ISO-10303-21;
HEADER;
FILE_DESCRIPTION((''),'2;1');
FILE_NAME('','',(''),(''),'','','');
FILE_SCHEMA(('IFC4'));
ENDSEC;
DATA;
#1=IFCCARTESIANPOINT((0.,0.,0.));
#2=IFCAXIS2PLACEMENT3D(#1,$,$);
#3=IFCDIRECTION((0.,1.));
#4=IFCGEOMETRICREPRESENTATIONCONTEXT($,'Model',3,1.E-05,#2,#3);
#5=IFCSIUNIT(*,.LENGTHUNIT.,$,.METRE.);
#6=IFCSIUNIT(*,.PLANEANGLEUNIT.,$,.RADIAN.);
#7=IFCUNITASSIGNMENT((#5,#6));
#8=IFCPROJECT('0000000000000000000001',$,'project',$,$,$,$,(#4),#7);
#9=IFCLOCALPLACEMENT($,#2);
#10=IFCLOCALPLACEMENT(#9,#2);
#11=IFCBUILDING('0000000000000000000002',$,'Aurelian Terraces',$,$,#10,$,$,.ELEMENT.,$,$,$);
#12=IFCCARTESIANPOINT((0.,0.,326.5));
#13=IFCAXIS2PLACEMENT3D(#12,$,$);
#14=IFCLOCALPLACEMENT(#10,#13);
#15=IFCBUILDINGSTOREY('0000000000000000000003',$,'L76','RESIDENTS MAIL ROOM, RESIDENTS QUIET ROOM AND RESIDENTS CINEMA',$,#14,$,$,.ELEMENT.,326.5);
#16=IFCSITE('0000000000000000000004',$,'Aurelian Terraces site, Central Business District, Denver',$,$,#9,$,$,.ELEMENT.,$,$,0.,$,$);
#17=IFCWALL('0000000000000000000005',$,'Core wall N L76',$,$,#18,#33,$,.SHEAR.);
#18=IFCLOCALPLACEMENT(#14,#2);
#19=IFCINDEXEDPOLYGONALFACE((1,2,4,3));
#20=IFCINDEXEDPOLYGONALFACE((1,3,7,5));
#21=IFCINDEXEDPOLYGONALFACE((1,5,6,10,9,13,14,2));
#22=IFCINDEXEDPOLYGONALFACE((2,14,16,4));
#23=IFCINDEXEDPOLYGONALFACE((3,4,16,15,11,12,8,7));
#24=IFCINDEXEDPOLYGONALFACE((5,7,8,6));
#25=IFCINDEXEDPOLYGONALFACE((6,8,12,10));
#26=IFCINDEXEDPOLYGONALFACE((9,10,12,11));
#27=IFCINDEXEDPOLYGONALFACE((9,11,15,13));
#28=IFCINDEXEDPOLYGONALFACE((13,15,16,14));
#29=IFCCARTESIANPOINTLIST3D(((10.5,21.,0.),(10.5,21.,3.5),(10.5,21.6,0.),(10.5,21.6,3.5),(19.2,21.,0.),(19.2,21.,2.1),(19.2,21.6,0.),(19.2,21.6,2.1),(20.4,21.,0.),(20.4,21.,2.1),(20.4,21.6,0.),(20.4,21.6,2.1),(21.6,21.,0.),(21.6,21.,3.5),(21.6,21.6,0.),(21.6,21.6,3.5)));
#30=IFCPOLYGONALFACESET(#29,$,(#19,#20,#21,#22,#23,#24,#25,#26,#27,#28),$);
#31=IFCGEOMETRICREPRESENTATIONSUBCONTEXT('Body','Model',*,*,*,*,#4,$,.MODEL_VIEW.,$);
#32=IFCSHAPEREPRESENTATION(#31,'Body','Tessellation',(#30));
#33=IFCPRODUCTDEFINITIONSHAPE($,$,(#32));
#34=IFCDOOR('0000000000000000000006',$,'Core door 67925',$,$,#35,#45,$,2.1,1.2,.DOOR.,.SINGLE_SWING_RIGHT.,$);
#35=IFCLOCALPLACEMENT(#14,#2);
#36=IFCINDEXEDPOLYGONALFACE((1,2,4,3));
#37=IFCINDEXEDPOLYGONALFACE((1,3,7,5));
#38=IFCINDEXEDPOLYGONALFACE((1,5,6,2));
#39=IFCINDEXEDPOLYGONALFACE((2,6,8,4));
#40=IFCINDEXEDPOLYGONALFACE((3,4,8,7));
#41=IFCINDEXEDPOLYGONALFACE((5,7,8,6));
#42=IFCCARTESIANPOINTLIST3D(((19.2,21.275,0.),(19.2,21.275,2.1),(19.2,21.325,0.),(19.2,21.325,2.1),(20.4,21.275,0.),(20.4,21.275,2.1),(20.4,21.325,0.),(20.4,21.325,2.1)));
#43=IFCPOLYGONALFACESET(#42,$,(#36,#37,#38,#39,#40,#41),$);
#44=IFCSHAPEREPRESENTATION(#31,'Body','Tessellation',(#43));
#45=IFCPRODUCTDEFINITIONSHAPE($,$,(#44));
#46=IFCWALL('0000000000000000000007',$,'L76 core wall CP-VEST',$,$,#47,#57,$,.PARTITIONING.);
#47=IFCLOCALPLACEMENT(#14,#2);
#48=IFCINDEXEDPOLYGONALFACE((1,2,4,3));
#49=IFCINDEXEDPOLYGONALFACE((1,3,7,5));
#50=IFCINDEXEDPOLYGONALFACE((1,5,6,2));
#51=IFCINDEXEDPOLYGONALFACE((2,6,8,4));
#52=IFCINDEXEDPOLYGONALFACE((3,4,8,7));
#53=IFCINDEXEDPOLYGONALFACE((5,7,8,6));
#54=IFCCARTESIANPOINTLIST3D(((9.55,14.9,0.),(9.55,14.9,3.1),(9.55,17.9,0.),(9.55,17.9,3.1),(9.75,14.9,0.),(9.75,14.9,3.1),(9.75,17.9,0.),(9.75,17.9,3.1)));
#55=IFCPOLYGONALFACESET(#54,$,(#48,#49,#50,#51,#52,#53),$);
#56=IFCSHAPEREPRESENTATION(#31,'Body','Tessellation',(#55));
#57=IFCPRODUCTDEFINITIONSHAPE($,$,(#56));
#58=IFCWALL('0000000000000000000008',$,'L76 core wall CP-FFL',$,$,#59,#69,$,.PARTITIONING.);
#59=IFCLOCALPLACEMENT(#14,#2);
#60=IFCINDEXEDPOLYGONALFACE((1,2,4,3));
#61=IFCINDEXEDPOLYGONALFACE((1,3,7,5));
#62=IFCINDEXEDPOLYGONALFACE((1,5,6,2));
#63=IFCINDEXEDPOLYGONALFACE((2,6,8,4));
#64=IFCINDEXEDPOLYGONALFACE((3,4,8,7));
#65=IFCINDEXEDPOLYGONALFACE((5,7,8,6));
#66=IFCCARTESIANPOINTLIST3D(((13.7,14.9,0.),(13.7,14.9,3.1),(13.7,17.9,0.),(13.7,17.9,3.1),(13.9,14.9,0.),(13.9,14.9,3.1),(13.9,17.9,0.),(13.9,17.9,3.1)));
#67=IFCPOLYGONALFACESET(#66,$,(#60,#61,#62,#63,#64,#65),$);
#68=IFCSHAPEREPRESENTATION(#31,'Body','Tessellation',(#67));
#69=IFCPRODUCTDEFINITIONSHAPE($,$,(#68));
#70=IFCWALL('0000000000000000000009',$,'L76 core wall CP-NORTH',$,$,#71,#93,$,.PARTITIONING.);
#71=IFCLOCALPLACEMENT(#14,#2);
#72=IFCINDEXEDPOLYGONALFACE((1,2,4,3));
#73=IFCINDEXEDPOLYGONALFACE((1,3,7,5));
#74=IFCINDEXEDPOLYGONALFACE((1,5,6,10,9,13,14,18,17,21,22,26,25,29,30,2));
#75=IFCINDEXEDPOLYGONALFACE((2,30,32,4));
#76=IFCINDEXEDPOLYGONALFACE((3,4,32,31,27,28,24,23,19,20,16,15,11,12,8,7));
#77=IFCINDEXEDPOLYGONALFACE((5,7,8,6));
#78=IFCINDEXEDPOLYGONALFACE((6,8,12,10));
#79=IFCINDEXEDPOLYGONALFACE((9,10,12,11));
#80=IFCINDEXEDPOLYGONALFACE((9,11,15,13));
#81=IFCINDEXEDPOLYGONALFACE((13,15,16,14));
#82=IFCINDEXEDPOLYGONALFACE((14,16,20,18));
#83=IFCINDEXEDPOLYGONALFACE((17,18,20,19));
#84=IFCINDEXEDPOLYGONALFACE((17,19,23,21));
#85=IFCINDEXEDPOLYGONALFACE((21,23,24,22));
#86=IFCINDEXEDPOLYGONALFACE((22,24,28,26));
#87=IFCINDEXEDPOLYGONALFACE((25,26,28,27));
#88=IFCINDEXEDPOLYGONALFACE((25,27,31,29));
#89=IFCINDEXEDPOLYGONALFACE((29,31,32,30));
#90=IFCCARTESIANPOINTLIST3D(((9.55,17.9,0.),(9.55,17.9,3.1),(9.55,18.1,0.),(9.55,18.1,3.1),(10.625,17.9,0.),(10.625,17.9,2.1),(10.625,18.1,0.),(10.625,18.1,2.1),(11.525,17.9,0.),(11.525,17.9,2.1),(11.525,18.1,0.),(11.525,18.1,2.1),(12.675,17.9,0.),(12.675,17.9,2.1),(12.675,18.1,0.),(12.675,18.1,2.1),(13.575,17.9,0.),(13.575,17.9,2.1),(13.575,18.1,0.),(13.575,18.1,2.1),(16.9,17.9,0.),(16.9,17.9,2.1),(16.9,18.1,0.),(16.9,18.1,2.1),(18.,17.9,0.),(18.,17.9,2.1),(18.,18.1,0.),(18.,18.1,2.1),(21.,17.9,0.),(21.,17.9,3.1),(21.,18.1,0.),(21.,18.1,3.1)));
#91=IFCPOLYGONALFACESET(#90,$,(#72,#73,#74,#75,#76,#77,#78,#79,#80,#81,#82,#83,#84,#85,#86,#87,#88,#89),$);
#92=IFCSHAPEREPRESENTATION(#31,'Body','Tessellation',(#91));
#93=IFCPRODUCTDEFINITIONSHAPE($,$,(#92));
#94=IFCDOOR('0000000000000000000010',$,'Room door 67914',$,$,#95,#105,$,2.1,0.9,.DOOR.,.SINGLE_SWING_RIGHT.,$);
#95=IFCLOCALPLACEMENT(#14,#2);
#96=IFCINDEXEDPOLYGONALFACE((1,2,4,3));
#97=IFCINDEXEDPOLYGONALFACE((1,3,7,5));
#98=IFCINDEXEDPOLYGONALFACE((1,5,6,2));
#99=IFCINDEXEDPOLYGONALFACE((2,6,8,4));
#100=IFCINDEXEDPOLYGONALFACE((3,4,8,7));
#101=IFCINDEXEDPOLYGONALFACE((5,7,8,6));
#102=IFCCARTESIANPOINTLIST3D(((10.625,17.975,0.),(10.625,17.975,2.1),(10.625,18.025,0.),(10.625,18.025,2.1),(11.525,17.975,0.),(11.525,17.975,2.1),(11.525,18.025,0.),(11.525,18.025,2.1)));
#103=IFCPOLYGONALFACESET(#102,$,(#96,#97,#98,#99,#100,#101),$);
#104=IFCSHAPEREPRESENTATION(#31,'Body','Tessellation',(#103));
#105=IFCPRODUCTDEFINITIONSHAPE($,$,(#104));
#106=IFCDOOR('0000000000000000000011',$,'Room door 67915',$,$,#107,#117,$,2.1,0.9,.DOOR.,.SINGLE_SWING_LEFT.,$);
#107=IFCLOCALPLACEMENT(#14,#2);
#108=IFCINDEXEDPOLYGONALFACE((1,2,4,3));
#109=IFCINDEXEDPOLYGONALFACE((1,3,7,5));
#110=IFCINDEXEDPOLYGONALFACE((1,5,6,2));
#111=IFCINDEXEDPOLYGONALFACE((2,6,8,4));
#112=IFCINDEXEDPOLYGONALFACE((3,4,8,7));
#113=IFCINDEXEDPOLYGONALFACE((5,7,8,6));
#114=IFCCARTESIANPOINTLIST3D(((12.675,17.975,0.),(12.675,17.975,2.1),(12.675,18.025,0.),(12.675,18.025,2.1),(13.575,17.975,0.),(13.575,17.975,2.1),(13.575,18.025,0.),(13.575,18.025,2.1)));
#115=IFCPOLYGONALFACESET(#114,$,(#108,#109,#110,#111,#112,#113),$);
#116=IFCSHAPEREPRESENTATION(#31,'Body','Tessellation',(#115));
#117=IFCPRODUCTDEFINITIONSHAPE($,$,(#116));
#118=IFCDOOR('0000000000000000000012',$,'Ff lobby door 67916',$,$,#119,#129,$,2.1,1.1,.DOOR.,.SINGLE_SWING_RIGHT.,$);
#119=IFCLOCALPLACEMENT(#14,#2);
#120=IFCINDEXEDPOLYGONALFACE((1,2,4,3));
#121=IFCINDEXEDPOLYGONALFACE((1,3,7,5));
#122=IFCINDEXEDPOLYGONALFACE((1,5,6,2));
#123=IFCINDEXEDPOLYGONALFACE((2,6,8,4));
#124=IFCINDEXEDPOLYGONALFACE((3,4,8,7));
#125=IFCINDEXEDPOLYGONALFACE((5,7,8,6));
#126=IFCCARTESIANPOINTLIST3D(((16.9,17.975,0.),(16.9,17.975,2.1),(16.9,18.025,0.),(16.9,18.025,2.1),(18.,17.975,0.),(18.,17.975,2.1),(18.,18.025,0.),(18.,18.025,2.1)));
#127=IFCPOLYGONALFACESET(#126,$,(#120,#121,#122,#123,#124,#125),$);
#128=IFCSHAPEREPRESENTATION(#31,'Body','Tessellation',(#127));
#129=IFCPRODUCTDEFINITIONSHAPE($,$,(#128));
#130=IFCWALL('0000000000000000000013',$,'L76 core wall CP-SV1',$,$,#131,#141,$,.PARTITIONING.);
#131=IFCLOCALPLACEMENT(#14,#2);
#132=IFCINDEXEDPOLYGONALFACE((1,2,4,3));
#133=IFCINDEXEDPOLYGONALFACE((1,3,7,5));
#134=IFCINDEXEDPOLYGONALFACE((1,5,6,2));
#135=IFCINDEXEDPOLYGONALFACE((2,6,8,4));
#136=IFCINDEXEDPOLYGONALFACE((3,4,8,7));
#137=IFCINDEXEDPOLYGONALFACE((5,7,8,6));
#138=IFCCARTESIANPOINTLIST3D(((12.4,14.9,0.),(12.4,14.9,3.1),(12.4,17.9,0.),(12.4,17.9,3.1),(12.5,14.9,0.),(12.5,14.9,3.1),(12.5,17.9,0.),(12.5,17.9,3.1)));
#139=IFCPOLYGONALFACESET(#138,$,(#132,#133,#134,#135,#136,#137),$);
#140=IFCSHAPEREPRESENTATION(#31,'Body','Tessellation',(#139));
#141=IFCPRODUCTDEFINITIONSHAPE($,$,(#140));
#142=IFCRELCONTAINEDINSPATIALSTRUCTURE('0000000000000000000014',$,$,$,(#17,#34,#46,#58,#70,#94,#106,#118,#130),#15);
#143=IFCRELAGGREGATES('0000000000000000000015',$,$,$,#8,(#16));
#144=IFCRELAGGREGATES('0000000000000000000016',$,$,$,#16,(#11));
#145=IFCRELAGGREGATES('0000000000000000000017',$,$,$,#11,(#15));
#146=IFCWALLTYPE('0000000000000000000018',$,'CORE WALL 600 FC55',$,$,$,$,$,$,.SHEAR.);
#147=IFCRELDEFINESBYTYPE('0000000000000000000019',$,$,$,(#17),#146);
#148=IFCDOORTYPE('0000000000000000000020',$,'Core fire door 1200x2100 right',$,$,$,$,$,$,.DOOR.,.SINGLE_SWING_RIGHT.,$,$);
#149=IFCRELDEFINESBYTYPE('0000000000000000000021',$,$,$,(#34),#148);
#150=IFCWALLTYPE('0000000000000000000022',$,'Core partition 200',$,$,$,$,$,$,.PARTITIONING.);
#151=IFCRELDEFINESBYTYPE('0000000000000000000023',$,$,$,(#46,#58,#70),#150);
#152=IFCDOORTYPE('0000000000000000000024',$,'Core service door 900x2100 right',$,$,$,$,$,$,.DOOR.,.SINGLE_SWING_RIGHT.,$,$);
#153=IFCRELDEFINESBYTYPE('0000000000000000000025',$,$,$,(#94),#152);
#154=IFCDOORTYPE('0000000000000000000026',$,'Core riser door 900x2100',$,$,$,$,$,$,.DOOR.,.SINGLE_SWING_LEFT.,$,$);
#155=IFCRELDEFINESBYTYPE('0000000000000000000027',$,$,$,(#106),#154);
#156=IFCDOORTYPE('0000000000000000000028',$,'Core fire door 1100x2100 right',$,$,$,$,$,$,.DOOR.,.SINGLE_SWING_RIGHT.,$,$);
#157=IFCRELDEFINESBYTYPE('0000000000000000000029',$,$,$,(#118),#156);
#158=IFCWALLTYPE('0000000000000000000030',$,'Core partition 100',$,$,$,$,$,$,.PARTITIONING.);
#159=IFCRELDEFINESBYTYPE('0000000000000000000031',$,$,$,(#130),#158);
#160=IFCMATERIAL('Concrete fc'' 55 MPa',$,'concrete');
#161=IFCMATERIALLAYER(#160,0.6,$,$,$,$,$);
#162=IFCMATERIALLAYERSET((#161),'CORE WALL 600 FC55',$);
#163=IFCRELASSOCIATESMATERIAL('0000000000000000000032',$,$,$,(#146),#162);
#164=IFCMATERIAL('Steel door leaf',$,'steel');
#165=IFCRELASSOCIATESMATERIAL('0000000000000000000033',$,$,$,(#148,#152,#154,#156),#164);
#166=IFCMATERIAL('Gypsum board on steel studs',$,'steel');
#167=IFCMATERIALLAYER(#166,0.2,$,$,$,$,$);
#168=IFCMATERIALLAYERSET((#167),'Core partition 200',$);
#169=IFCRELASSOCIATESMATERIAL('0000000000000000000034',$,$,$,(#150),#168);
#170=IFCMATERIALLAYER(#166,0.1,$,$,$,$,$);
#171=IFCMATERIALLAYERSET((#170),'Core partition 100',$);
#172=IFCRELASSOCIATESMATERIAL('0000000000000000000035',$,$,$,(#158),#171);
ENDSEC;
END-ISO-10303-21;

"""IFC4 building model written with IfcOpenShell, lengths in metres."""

from ifc_helpers import new_model, si_unit, direction, frame, frame_2d, origin, place, context, subcontext, project, spatial, rectangle, extrude, source, transform, mapped, material, layer, layer_set, type_object, element, fill, save


model = new_model("IFC4")

# Units and contexts
model_context = context("Model", 3, precision=1e-05, world=origin(), true_north=direction((0.0, 1.0)))
body_context = subcontext(model_context, "Body", "Model", "MODEL_VIEW")
ifc_project = project(units=[si_unit("LENGTHUNIT", "METRE"), si_unit("PLANEANGLEUNIT", "RADIAN")], contexts=[model_context])

# Site, building, storey
site_placement = place(None, origin())
site = spatial("IfcSite", under=ifc_project, at=site_placement, Name="Aurelian Terraces site, Central Business District, Denver", CompositionType="ELEMENT", RefElevation=0.0)
building_placement = place(site_placement, origin())
building = spatial("IfcBuilding", under=site, at=building_placement, Name="Aurelian Terraces", CompositionType="ELEMENT")
storey_placement = place(building_placement, frame((0.0, 0.0, 326.5)))
storey = spatial("IfcBuildingStorey", under=building, at=storey_placement, Name="L76", Description="RESIDENTS MAIL ROOM, RESIDENTS QUIET ROOM AND RESIDENTS CINEMA", CompositionType="ELEMENT", Elevation=326.5)

# Wall, opening, door
ifc_material_1 = material(Name="Concrete fc' 55 MPa", Category="concrete")
ifc_layer_1 = layer(ifc_material_1, 0.6)
ifc_layer_set_1 = layer_set([ifc_layer_1], Name="CORE WALL 600 FC55")
wall_type_1 = type_object("IfcWallType", Name="CORE WALL 600 FC55", PredefinedType="SHEAR", material=ifc_layer_set_1)
shared_shape_1 = source(origin(), body_context, "Body", "SweptSolid", [
    extrude(rectangle(XDim=11.1, YDim=0.6, at=frame_2d((5.55, 0.0))), origin(), (0.0, 0.0, 1.0), 3.5),
])
wall_1_placement = place(storey_placement, frame((10.5, 21.3, 0.0), z_axis=(0.0, 0.0, 1.0), x_axis=(1.0, 0.0, 0.0)))
wall_1 = element("IfcWall", 1, at=wall_1_placement, inside=storey, type_object=wall_type_1, Name="Core wall N L76", PredefinedType="SHEAR", context=body_context, shape_type="MappedRepresentation", body=[
    mapped(shared_shape_1, transform((0.0, 0.0, 0.0), scale=1.0)),
])
shared_shape_2 = source(origin(), body_context, "Body", "SweptSolid", [
    extrude(rectangle(XDim=1.2, YDim=2.1, at=frame_2d((0.6, 1.05))), frame((0.0, 0.31, 0.0), z_axis=(0.0, -1.0, 0.0), x_axis=(1.0, 0.0, 0.0)), (0.0, 0.0, 1.0), 0.62),
])
opening_1_placement = place(wall_1_placement, frame((8.7, 0.0, 0.0)))
opening_1 = element("IfcOpeningElement", 2, at=opening_1_placement, cuts=wall_1, PredefinedType="OPENING", context=body_context, shape_type="MappedRepresentation", body=[
    mapped(shared_shape_2, transform((0.0, 0.0, 0.0), scale=1.0)),
])
ifc_material_2 = material(Name="Steel door leaf", Category="steel")
door_type_1 = type_object("IfcDoorType", Name="Core fire door 1200x2100 right", OperationType="SINGLE_SWING_RIGHT", PredefinedType="DOOR", material=ifc_material_2)
shared_shape_3 = source(origin(), body_context, "Body", "SweptSolid", [
    extrude(rectangle(XDim=1.2, YDim=2.1, at=frame_2d((0.6, 1.05))), frame((0.0, 0.025, 0.0), z_axis=(0.0, -1.0, 0.0), x_axis=(1.0, 0.0, 0.0)), (0.0, 0.0, 1.0), 0.05),
])
door_1_placement = place(opening_1_placement, origin())
door_1 = element("IfcDoor", 3, at=door_1_placement, inside=storey, type_object=door_type_1, Name="Core door 67925", OperationType="SINGLE_SWING_RIGHT", OverallHeight=2.1, OverallWidth=1.2, PredefinedType="DOOR", context=body_context, shape_type="MappedRepresentation", body=[
    mapped(shared_shape_3, transform((0.0, 0.0, 0.0), scale=1.0)),
])
fill(opening_1, door_1)

# Walls
ifc_material_3 = material(Name="Gypsum board on steel studs", Category="steel")
ifc_layer_2 = layer(ifc_material_3, 0.2)
ifc_layer_set_2 = layer_set([ifc_layer_2], Name="Core partition 200")
wall_type_2 = type_object("IfcWallType", Name="Core partition 200", PredefinedType="PARTITIONING", material=ifc_layer_set_2)
shared_shape_4 = source(origin(), body_context, "Body", "SweptSolid", [
    extrude(rectangle(XDim=3.0, YDim=0.2, at=frame_2d((1.5, 0.0))), origin(), (0.0, 0.0, 1.0), 3.1),
])
for number, where, z_axis, x_axis, name in (
    (4, (9.65, 14.9, 0.0), (0.0, 0.0, 1.0), (0.0, 1.0, 0.0), "L76 core wall CP-VEST"),
    (5, (13.8, 14.9, 0.0), (0.0, 0.0, 1.0), (0.0, 1.0, 0.0), "L76 core wall CP-FFL"),
):
    element("IfcWall", number, at=place(storey_placement, frame(where, z_axis=z_axis, x_axis=x_axis)), inside=storey, type_object=wall_type_2, Name=name, PredefinedType="PARTITIONING", context=body_context, shape_type="MappedRepresentation", body=[
        mapped(shared_shape_4, transform((0.0, 0.0, 0.0), scale=1.0)),
    ])

# Wall, openings, doors
shared_shape_5 = source(origin(), body_context, "Body", "SweptSolid", [
    extrude(rectangle(XDim=11.45, YDim=0.2, at=frame_2d((5.725, 0.0))), origin(), (0.0, 0.0, 1.0), 3.1),
])
wall_2_placement = place(storey_placement, frame((9.55, 18.0, 0.0), z_axis=(0.0, 0.0, 1.0), x_axis=(1.0, 0.0, 0.0)))
wall_2 = element("IfcWall", 6, at=wall_2_placement, inside=storey, type_object=wall_type_2, Name="L76 core wall CP-NORTH", PredefinedType="PARTITIONING", context=body_context, shape_type="MappedRepresentation", body=[
    mapped(shared_shape_5, transform((0.0, 0.0, 0.0), scale=1.0)),
])
shared_shape_6 = source(origin(), body_context, "Body", "SweptSolid", [
    extrude(rectangle(XDim=0.9, YDim=2.1, at=frame_2d((0.45, 1.05))), frame((0.0, 0.11, 0.0), z_axis=(0.0, -1.0, 0.0), x_axis=(1.0, 0.0, 0.0)), (0.0, 0.0, 1.0), 0.22),
])
opening_2_placement = place(wall_2_placement, frame((1.075, 0.0, 0.0)))
opening_2 = element("IfcOpeningElement", 7, at=opening_2_placement, cuts=wall_2, PredefinedType="OPENING", context=body_context, shape_type="MappedRepresentation", body=[
    mapped(shared_shape_6, transform((0.0, 0.0, 0.0), scale=1.0)),
])
opening_3_placement = place(wall_2_placement, frame((3.125, 0.0, 0.0)))
opening_3 = element("IfcOpeningElement", 8, at=opening_3_placement, cuts=wall_2, PredefinedType="OPENING", context=body_context, shape_type="MappedRepresentation", body=[
    mapped(shared_shape_6, transform((0.0, 0.0, 0.0), scale=1.0)),
])
shared_shape_7 = source(origin(), body_context, "Body", "SweptSolid", [
    extrude(rectangle(XDim=1.1, YDim=2.1, at=frame_2d((0.55, 1.05))), frame((0.0, 0.11, 0.0), z_axis=(0.0, -1.0, 0.0), x_axis=(1.0, 0.0, 0.0)), (0.0, 0.0, 1.0), 0.22),
])
opening_4_placement = place(wall_2_placement, frame((7.35, 0.0, 0.0)))
opening_4 = element("IfcOpeningElement", 9, at=opening_4_placement, cuts=wall_2, PredefinedType="OPENING", context=body_context, shape_type="MappedRepresentation", body=[
    mapped(shared_shape_7, transform((0.0, 0.0, 0.0), scale=1.0)),
])
door_type_2 = type_object("IfcDoorType", Name="Core service door 900x2100 right", OperationType="SINGLE_SWING_RIGHT", PredefinedType="DOOR", material=ifc_material_2)
shared_shape_8 = source(origin(), body_context, "Body", "SweptSolid", [
    extrude(rectangle(XDim=0.9, YDim=2.1, at=frame_2d((0.45, 1.05))), frame((0.0, 0.025, 0.0), z_axis=(0.0, -1.0, 0.0), x_axis=(1.0, 0.0, 0.0)), (0.0, 0.0, 1.0), 0.05),
])
door_2_placement = place(opening_2_placement, origin())
door_2 = element("IfcDoor", 10, at=door_2_placement, inside=storey, type_object=door_type_2, Name="Room door 67914", OperationType="SINGLE_SWING_RIGHT", OverallHeight=2.1, OverallWidth=0.9, PredefinedType="DOOR", context=body_context, shape_type="MappedRepresentation", body=[
    mapped(shared_shape_8, transform((0.0, 0.0, 0.0), scale=1.0)),
])
fill(opening_2, door_2)
door_type_3 = type_object("IfcDoorType", Name="Core riser door 900x2100", OperationType="SINGLE_SWING_LEFT", PredefinedType="DOOR", material=ifc_material_2)
door_3_placement = place(opening_3_placement, origin())
door_3 = element("IfcDoor", 11, at=door_3_placement, inside=storey, type_object=door_type_3, Name="Room door 67915", OperationType="SINGLE_SWING_LEFT", OverallHeight=2.1, OverallWidth=0.9, PredefinedType="DOOR", context=body_context, shape_type="MappedRepresentation", body=[
    mapped(shared_shape_8, transform((0.0, 0.0, 0.0), scale=1.0)),
])
fill(opening_3, door_3)
door_type_4 = type_object("IfcDoorType", Name="Core fire door 1100x2100 right", OperationType="SINGLE_SWING_RIGHT", PredefinedType="DOOR", material=ifc_material_2)
shared_shape_9 = source(origin(), body_context, "Body", "SweptSolid", [
    extrude(rectangle(XDim=1.1, YDim=2.1, at=frame_2d((0.55, 1.05))), frame((0.0, 0.025, 0.0), z_axis=(0.0, -1.0, 0.0), x_axis=(1.0, 0.0, 0.0)), (0.0, 0.0, 1.0), 0.05),
])
door_4_placement = place(opening_4_placement, origin())
door_4 = element("IfcDoor", 12, at=door_4_placement, inside=storey, type_object=door_type_4, Name="Ff lobby door 67916", OperationType="SINGLE_SWING_RIGHT", OverallHeight=2.1, OverallWidth=1.1, PredefinedType="DOOR", context=body_context, shape_type="MappedRepresentation", body=[
    mapped(shared_shape_9, transform((0.0, 0.0, 0.0), scale=1.0)),
])
fill(opening_4, door_4)

# Wall
ifc_layer_3 = layer(ifc_material_3, 0.1)
ifc_layer_set_3 = layer_set([ifc_layer_3], Name="Core partition 100")
wall_type_3 = type_object("IfcWallType", Name="Core partition 100", PredefinedType="PARTITIONING", material=ifc_layer_set_3)
shared_shape_10 = source(origin(), body_context, "Body", "SweptSolid", [
    extrude(rectangle(XDim=3.0, YDim=0.1, at=frame_2d((1.5, 0.0))), origin(), (0.0, 0.0, 1.0), 3.1),
])
wall_3_placement = place(storey_placement, frame((12.45, 14.9, 0.0), z_axis=(0.0, 0.0, 1.0), x_axis=(0.0, 1.0, 0.0)))
element("IfcWall", 13, at=wall_3_placement, inside=storey, type_object=wall_type_3, Name="L76 core wall CP-SV1", PredefinedType="PARTITIONING", context=body_context, shape_type="MappedRepresentation", body=[
    mapped(shared_shape_10, transform((0.0, 0.0, 0.0), scale=1.0)),
])

save(model, "model.ifc")
